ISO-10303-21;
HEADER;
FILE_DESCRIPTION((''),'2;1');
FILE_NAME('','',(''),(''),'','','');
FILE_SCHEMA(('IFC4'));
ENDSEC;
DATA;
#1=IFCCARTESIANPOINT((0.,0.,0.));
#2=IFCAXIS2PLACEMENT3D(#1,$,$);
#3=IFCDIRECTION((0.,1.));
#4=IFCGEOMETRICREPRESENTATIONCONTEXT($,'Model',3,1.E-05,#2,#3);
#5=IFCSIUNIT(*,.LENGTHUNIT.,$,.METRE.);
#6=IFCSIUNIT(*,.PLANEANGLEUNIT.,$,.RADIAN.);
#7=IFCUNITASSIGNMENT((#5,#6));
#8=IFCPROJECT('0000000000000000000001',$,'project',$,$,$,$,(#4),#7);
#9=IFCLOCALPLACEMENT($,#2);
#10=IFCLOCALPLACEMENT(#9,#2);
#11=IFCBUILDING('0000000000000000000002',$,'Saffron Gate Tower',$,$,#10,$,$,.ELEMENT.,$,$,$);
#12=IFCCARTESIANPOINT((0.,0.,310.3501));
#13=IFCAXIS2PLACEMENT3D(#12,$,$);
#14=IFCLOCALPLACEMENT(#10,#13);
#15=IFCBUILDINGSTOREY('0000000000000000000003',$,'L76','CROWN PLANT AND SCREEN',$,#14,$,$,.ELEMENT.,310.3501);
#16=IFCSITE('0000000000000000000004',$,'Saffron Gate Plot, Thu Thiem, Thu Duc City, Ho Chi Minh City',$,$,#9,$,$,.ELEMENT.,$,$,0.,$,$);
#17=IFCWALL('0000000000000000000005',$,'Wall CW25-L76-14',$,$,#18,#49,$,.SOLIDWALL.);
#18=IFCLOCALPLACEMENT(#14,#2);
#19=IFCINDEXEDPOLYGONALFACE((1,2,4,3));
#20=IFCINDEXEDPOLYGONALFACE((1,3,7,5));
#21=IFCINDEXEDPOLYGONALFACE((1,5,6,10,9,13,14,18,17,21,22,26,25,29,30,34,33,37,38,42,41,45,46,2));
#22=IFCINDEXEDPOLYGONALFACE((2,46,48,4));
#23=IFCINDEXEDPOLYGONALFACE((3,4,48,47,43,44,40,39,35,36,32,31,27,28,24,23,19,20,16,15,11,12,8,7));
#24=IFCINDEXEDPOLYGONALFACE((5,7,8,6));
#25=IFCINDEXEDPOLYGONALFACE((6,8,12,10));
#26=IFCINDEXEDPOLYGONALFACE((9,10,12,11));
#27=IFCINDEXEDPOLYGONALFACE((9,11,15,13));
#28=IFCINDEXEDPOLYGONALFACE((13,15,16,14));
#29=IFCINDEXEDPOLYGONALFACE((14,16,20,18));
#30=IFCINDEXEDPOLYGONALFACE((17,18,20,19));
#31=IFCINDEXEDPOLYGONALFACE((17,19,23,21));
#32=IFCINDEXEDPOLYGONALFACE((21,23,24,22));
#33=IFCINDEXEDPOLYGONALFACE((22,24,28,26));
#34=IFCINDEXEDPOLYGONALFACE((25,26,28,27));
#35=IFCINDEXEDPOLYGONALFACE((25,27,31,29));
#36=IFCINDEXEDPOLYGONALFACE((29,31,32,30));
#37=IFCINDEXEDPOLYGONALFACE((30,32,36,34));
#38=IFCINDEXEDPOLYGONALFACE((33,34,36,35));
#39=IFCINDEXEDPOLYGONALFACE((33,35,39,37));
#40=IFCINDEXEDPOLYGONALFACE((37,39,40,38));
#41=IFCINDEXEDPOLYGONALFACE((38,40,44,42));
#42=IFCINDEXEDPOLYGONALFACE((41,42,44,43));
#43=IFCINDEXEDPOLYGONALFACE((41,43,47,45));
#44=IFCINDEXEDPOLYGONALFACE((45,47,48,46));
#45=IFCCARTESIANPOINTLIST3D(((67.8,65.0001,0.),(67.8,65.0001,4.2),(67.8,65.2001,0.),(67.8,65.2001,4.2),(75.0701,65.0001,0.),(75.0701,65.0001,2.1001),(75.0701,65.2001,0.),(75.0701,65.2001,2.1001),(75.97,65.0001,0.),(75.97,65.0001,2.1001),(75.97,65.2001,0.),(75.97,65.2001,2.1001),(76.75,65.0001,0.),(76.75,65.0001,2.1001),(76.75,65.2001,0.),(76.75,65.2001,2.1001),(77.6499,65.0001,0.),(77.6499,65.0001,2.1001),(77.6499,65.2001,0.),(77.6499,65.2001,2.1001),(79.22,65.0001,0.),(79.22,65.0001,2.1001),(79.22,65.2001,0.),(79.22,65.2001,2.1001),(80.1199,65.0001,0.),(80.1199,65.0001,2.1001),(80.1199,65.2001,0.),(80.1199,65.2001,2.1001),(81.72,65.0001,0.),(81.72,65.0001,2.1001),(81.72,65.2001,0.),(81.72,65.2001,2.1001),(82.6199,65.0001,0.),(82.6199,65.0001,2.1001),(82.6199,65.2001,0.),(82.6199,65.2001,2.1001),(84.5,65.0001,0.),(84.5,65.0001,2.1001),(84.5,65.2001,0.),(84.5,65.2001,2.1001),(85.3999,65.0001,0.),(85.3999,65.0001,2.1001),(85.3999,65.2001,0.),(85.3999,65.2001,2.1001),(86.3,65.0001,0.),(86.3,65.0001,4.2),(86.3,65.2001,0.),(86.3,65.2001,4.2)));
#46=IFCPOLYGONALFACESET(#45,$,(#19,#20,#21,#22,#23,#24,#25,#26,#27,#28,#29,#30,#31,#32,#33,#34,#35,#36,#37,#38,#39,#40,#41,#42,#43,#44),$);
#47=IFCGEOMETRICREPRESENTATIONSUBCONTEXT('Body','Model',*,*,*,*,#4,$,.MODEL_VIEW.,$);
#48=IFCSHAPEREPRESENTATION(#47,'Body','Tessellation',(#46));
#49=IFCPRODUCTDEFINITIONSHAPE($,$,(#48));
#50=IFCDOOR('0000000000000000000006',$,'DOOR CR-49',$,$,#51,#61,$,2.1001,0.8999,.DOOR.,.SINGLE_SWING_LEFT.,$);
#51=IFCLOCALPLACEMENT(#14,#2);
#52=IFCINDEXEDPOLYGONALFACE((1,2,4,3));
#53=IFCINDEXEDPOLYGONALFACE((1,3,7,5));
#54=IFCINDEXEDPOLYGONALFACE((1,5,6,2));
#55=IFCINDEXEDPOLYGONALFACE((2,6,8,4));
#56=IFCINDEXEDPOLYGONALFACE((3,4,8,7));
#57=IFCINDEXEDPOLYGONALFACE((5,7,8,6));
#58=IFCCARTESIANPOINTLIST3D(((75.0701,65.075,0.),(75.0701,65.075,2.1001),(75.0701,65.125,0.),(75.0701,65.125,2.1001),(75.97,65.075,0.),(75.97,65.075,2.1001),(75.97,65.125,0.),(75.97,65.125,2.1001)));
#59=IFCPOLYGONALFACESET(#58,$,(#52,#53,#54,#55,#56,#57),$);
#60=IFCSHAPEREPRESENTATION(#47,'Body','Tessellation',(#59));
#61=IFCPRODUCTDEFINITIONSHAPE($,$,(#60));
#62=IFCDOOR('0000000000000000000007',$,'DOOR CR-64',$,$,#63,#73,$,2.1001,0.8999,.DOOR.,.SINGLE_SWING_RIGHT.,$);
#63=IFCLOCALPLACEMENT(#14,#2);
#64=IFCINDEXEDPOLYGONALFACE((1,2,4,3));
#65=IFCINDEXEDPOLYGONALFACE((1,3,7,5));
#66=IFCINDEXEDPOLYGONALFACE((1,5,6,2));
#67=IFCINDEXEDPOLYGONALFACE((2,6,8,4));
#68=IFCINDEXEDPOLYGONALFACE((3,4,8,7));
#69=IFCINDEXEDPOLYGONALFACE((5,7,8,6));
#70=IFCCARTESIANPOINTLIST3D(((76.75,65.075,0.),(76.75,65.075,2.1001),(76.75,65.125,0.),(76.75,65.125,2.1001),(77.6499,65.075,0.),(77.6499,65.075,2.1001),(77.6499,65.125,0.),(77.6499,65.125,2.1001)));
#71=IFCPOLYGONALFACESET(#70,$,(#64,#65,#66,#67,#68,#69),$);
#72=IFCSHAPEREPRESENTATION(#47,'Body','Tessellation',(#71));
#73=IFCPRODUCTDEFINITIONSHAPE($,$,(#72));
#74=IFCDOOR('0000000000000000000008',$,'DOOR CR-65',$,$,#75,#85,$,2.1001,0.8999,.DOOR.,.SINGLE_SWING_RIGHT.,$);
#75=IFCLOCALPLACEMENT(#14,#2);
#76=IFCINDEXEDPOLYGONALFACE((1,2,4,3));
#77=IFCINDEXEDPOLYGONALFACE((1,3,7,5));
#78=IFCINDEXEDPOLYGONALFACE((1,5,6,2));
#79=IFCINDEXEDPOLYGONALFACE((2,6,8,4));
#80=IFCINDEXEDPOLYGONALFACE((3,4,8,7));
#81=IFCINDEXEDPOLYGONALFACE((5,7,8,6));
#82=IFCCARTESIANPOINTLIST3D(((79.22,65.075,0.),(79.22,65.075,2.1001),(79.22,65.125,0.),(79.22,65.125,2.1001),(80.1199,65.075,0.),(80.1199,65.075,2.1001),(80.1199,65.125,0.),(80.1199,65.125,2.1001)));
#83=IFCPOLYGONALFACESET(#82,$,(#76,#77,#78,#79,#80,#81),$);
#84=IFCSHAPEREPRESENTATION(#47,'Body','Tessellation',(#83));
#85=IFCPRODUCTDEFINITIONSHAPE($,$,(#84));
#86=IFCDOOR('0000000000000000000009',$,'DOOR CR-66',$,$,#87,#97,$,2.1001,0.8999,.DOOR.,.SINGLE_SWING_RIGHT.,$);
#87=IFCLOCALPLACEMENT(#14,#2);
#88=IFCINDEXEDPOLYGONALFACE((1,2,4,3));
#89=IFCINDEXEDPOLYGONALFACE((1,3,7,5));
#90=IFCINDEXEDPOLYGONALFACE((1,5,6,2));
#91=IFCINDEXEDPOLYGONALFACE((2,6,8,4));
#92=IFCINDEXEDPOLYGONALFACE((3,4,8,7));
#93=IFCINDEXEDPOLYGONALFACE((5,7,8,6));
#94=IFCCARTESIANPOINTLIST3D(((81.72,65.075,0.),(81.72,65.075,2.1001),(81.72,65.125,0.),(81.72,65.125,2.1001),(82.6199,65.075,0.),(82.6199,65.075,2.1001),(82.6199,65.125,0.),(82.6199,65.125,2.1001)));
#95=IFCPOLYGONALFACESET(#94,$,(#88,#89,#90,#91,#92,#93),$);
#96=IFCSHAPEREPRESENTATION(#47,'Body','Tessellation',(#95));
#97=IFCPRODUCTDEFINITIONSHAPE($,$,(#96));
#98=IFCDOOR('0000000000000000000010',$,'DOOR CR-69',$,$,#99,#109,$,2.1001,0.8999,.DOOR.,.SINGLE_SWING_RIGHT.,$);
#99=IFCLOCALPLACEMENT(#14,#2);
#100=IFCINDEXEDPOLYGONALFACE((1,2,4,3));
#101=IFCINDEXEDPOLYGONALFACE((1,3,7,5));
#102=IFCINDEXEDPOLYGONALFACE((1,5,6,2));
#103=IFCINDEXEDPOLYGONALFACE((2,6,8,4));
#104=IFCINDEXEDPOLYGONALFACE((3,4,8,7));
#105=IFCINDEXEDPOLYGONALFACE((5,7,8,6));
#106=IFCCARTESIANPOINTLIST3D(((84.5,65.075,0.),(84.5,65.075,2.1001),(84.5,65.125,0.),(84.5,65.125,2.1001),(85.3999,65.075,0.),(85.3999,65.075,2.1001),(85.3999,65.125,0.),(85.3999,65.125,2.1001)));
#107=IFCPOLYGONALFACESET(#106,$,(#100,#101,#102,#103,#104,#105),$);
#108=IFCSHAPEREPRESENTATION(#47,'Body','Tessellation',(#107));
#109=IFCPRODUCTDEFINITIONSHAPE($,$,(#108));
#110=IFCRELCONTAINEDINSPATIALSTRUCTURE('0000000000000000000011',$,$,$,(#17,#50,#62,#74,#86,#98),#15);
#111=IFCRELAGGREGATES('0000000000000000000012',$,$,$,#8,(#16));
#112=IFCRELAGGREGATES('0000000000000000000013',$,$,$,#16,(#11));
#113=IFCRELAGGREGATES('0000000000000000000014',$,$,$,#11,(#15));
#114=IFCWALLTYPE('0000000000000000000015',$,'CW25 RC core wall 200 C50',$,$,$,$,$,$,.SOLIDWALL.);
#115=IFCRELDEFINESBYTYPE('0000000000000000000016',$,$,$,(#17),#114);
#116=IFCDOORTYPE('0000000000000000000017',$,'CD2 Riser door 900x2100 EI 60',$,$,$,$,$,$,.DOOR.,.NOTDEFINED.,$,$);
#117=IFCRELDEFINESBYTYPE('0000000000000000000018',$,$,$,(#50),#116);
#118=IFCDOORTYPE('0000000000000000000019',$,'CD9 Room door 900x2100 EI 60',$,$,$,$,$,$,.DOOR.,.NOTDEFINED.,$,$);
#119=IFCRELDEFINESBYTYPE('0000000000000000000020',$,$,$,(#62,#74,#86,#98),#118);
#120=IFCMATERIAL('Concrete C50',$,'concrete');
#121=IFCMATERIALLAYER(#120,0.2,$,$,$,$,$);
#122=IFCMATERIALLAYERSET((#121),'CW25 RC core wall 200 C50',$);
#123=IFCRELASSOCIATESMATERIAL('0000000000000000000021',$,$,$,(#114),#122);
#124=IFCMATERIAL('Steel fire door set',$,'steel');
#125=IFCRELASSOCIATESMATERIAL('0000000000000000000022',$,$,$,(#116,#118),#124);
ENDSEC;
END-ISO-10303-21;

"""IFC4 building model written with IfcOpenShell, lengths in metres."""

from ifc_helpers import new_model, si_unit, direction, frame, frame_2d, origin, place, context, subcontext, project, spatial, rectangle, extrude, material, layer, layer_set, type_object, element, fill, save


model = new_model("IFC4")

# Units and contexts
model_context = context("Model", 3, precision=1e-05, world=origin(), true_north=direction((0.0, 1.0)))
body_context = subcontext(model_context, "Body", "Model", "MODEL_VIEW")
ifc_project = project(units=[si_unit("LENGTHUNIT", "METRE"), si_unit("PLANEANGLEUNIT", "RADIAN")], contexts=[model_context])

# Site, building, storey
site_placement = place(None, origin())
site = spatial("IfcSite", under=ifc_project, at=site_placement, Name="Saffron Gate Plot, Thu Thiem, Thu Duc City, Ho Chi Minh City", CompositionType="ELEMENT", RefElevation=0.0)
building_placement = place(site_placement, origin())
building = spatial("IfcBuilding", under=site, at=building_placement, Name="Saffron Gate Tower", CompositionType="ELEMENT")
storey_placement = place(building_placement, frame((0.0, 0.0, 310.3501)))
storey = spatial("IfcBuildingStorey", under=building, at=storey_placement, Name="L76", Description="CROWN PLANT AND SCREEN", CompositionType="ELEMENT", Elevation=310.3501)

# Shared definitions
ifc_material_1 = material(Name="Concrete C50", Category="concrete")
ifc_material_2 = material(Name="Steel fire door set", Category="steel")

# Wall, openings, doors
ifc_layer_1 = layer(ifc_material_1, 0.2)
ifc_layer_set_1 = layer_set([ifc_layer_1], Name="CW25 RC core wall 200 C50")
wall_type_1 = type_object("IfcWallType", Name="CW25 RC core wall 200 C50", PredefinedType="SOLIDWALL", material=ifc_layer_set_1)
wall_1_placement = place(storey_placement, frame((67.8, 65.1001, 0.0), z_axis=(0.0, 0.0, 1.0), x_axis=(1.0, 0.0, 0.0)))
wall_1 = element("IfcWall", 1, at=wall_1_placement, inside=storey, type_object=wall_type_1, Name="Wall CW25-L76-14", PredefinedType="SOLIDWALL", context=body_context, shape_type="SweptSolid", body=[
    extrude(rectangle(XDim=18.5, YDim=0.2, at=frame_2d((9.25, 0.0))), origin(), (0.0, 0.0, 1.0), 4.2),
])
opening_1_placement = place(wall_1_placement, frame((7.27, 0.0, 0.0)))
opening_1 = element("IfcOpeningElement", 2, at=opening_1_placement, cuts=wall_1, PredefinedType="OPENING", context=body_context, shape_type="SweptSolid", body=[
    extrude(rectangle(XDim=0.8999, YDim=2.1001, at=frame_2d((0.45, 1.05))), frame((0.0, 0.1099, 0.0), z_axis=(0.0, -1.0, 0.0), x_axis=(1.0, 0.0, 0.0)), (0.0, 0.0, 1.0), 0.22),
])
opening_2_placement = place(wall_1_placement, frame((8.95, 0.0, 0.0)))
opening_2 = element("IfcOpeningElement", 3, at=opening_2_placement, cuts=wall_1, PredefinedType="OPENING", context=body_context, shape_type="SweptSolid", body=[
    extrude(rectangle(XDim=0.8999, YDim=2.1001, at=frame_2d((0.45, 1.05))), frame((0.0, 0.1099, 0.0), z_axis=(0.0, -1.0, 0.0), x_axis=(1.0, 0.0, 0.0)), (0.0, 0.0, 1.0), 0.22),
])
opening_3_placement = place(wall_1_placement, frame((11.4199, 0.0, 0.0)))
opening_3 = element("IfcOpeningElement", 4, at=opening_3_placement, cuts=wall_1, PredefinedType="OPENING", context=body_context, shape_type="SweptSolid", body=[
    extrude(rectangle(XDim=0.8999, YDim=2.1001, at=frame_2d((0.45, 1.05))), frame((0.0, 0.1099, 0.0), z_axis=(0.0, -1.0, 0.0), x_axis=(1.0, 0.0, 0.0)), (0.0, 0.0, 1.0), 0.22),
])
opening_4_placement = place(wall_1_placement, frame((13.9199, 0.0, 0.0)))
opening_4 = element("IfcOpeningElement", 5, at=opening_4_placement, cuts=wall_1, PredefinedType="OPENING", context=body_context, shape_type="SweptSolid", body=[
    extrude(rectangle(XDim=0.8999, YDim=2.1001, at=frame_2d((0.45, 1.05))), frame((0.0, 0.1099, 0.0), z_axis=(0.0, -1.0, 0.0), x_axis=(1.0, 0.0, 0.0)), (0.0, 0.0, 1.0), 0.22),
])
opening_5_placement = place(wall_1_placement, frame((16.7, 0.0, 0.0)))
opening_5 = element("IfcOpeningElement", 6, at=opening_5_placement, cuts=wall_1, PredefinedType="OPENING", context=body_context, shape_type="SweptSolid", body=[
    extrude(rectangle(XDim=0.8999, YDim=2.1001, at=frame_2d((0.45, 1.05))), frame((0.0, 0.1099, 0.0), z_axis=(0.0, -1.0, 0.0), x_axis=(1.0, 0.0, 0.0)), (0.0, 0.0, 1.0), 0.22),
])
door_type_1 = type_object("IfcDoorType", Name="CD2 Riser door 900x2100 EI 60", OperationType="NOTDEFINED", PredefinedType="DOOR", material=ifc_material_2)
door_1_placement = place(opening_1_placement, origin())
door_1 = element("IfcDoor", 7, at=door_1_placement, inside=storey, type_object=door_type_1, Name="DOOR CR-49", OperationType="SINGLE_SWING_LEFT", OverallHeight=2.1001, OverallWidth=0.8999, PredefinedType="DOOR", context=body_context, shape_type="SweptSolid", body=[
    extrude(rectangle(XDim=0.8999, YDim=2.1001, at=frame_2d((0.45, 1.05))), frame((0.0, 0.0249, 0.0), z_axis=(0.0, -1.0, 0.0), x_axis=(1.0, 0.0, 0.0)), (0.0, 0.0, 1.0), 0.05),
])
fill(opening_1, door_1)
door_type_2 = type_object("IfcDoorType", Name="CD9 Room door 900x2100 EI 60", OperationType="NOTDEFINED", PredefinedType="DOOR", material=ifc_material_2)
door_2_placement = place(opening_2_placement, origin())
door_2 = element("IfcDoor", 8, at=door_2_placement, inside=storey, type_object=door_type_2, Name="DOOR CR-64", OperationType="SINGLE_SWING_RIGHT", OverallHeight=2.1001, OverallWidth=0.8999, PredefinedType="DOOR", context=body_context, shape_type="SweptSolid", body=[
    extrude(rectangle(XDim=0.8999, YDim=2.1001, at=frame_2d((0.45, 1.05))), frame((0.0, 0.0249, 0.0), z_axis=(0.0, -1.0, 0.0), x_axis=(1.0, 0.0, 0.0)), (0.0, 0.0, 1.0), 0.05),
])
fill(opening_2, door_2)
door_3_placement = place(opening_3_placement, origin())
door_3 = element("IfcDoor", 9, at=door_3_placement, inside=storey, type_object=door_type_2, Name="DOOR CR-65", OperationType="SINGLE_SWING_RIGHT", OverallHeight=2.1001, OverallWidth=0.8999, PredefinedType="DOOR", context=body_context, shape_type="SweptSolid", body=[
    extrude(rectangle(XDim=0.8999, YDim=2.1001, at=frame_2d((0.45, 1.05))), frame((0.0, 0.0249, 0.0), z_axis=(0.0, -1.0, 0.0), x_axis=(1.0, 0.0, 0.0)), (0.0, 0.0, 1.0), 0.05),
])
fill(opening_3, door_3)
door_4_placement = place(opening_4_placement, origin())
door_4 = element("IfcDoor", 10, at=door_4_placement, inside=storey, type_object=door_type_2, Name="DOOR CR-66", OperationType="SINGLE_SWING_RIGHT", OverallHeight=2.1001, OverallWidth=0.8999, PredefinedType="DOOR", context=body_context, shape_type="SweptSolid", body=[
    extrude(rectangle(XDim=0.8999, YDim=2.1001, at=frame_2d((0.45, 1.05))), frame((0.0, 0.0249, 0.0), z_axis=(0.0, -1.0, 0.0), x_axis=(1.0, 0.0, 0.0)), (0.0, 0.0, 1.0), 0.05),
])
fill(opening_4, door_4)
door_5_placement = place(opening_5_placement, origin())
door_5 = element("IfcDoor", 11, at=door_5_placement, inside=storey, type_object=door_type_2, Name="DOOR CR-69", OperationType="SINGLE_SWING_RIGHT", OverallHeight=2.1001, OverallWidth=0.8999, PredefinedType="DOOR", context=body_context, shape_type="SweptSolid", body=[
    extrude(rectangle(XDim=0.8999, YDim=2.1001, at=frame_2d((0.45, 1.05))), frame((0.0, 0.0249, 0.0), z_axis=(0.0, -1.0, 0.0), x_axis=(1.0, 0.0, 0.0)), (0.0, 0.0, 1.0), 0.05),
])
fill(opening_5, door_5)

save(model, "model.ifc")
